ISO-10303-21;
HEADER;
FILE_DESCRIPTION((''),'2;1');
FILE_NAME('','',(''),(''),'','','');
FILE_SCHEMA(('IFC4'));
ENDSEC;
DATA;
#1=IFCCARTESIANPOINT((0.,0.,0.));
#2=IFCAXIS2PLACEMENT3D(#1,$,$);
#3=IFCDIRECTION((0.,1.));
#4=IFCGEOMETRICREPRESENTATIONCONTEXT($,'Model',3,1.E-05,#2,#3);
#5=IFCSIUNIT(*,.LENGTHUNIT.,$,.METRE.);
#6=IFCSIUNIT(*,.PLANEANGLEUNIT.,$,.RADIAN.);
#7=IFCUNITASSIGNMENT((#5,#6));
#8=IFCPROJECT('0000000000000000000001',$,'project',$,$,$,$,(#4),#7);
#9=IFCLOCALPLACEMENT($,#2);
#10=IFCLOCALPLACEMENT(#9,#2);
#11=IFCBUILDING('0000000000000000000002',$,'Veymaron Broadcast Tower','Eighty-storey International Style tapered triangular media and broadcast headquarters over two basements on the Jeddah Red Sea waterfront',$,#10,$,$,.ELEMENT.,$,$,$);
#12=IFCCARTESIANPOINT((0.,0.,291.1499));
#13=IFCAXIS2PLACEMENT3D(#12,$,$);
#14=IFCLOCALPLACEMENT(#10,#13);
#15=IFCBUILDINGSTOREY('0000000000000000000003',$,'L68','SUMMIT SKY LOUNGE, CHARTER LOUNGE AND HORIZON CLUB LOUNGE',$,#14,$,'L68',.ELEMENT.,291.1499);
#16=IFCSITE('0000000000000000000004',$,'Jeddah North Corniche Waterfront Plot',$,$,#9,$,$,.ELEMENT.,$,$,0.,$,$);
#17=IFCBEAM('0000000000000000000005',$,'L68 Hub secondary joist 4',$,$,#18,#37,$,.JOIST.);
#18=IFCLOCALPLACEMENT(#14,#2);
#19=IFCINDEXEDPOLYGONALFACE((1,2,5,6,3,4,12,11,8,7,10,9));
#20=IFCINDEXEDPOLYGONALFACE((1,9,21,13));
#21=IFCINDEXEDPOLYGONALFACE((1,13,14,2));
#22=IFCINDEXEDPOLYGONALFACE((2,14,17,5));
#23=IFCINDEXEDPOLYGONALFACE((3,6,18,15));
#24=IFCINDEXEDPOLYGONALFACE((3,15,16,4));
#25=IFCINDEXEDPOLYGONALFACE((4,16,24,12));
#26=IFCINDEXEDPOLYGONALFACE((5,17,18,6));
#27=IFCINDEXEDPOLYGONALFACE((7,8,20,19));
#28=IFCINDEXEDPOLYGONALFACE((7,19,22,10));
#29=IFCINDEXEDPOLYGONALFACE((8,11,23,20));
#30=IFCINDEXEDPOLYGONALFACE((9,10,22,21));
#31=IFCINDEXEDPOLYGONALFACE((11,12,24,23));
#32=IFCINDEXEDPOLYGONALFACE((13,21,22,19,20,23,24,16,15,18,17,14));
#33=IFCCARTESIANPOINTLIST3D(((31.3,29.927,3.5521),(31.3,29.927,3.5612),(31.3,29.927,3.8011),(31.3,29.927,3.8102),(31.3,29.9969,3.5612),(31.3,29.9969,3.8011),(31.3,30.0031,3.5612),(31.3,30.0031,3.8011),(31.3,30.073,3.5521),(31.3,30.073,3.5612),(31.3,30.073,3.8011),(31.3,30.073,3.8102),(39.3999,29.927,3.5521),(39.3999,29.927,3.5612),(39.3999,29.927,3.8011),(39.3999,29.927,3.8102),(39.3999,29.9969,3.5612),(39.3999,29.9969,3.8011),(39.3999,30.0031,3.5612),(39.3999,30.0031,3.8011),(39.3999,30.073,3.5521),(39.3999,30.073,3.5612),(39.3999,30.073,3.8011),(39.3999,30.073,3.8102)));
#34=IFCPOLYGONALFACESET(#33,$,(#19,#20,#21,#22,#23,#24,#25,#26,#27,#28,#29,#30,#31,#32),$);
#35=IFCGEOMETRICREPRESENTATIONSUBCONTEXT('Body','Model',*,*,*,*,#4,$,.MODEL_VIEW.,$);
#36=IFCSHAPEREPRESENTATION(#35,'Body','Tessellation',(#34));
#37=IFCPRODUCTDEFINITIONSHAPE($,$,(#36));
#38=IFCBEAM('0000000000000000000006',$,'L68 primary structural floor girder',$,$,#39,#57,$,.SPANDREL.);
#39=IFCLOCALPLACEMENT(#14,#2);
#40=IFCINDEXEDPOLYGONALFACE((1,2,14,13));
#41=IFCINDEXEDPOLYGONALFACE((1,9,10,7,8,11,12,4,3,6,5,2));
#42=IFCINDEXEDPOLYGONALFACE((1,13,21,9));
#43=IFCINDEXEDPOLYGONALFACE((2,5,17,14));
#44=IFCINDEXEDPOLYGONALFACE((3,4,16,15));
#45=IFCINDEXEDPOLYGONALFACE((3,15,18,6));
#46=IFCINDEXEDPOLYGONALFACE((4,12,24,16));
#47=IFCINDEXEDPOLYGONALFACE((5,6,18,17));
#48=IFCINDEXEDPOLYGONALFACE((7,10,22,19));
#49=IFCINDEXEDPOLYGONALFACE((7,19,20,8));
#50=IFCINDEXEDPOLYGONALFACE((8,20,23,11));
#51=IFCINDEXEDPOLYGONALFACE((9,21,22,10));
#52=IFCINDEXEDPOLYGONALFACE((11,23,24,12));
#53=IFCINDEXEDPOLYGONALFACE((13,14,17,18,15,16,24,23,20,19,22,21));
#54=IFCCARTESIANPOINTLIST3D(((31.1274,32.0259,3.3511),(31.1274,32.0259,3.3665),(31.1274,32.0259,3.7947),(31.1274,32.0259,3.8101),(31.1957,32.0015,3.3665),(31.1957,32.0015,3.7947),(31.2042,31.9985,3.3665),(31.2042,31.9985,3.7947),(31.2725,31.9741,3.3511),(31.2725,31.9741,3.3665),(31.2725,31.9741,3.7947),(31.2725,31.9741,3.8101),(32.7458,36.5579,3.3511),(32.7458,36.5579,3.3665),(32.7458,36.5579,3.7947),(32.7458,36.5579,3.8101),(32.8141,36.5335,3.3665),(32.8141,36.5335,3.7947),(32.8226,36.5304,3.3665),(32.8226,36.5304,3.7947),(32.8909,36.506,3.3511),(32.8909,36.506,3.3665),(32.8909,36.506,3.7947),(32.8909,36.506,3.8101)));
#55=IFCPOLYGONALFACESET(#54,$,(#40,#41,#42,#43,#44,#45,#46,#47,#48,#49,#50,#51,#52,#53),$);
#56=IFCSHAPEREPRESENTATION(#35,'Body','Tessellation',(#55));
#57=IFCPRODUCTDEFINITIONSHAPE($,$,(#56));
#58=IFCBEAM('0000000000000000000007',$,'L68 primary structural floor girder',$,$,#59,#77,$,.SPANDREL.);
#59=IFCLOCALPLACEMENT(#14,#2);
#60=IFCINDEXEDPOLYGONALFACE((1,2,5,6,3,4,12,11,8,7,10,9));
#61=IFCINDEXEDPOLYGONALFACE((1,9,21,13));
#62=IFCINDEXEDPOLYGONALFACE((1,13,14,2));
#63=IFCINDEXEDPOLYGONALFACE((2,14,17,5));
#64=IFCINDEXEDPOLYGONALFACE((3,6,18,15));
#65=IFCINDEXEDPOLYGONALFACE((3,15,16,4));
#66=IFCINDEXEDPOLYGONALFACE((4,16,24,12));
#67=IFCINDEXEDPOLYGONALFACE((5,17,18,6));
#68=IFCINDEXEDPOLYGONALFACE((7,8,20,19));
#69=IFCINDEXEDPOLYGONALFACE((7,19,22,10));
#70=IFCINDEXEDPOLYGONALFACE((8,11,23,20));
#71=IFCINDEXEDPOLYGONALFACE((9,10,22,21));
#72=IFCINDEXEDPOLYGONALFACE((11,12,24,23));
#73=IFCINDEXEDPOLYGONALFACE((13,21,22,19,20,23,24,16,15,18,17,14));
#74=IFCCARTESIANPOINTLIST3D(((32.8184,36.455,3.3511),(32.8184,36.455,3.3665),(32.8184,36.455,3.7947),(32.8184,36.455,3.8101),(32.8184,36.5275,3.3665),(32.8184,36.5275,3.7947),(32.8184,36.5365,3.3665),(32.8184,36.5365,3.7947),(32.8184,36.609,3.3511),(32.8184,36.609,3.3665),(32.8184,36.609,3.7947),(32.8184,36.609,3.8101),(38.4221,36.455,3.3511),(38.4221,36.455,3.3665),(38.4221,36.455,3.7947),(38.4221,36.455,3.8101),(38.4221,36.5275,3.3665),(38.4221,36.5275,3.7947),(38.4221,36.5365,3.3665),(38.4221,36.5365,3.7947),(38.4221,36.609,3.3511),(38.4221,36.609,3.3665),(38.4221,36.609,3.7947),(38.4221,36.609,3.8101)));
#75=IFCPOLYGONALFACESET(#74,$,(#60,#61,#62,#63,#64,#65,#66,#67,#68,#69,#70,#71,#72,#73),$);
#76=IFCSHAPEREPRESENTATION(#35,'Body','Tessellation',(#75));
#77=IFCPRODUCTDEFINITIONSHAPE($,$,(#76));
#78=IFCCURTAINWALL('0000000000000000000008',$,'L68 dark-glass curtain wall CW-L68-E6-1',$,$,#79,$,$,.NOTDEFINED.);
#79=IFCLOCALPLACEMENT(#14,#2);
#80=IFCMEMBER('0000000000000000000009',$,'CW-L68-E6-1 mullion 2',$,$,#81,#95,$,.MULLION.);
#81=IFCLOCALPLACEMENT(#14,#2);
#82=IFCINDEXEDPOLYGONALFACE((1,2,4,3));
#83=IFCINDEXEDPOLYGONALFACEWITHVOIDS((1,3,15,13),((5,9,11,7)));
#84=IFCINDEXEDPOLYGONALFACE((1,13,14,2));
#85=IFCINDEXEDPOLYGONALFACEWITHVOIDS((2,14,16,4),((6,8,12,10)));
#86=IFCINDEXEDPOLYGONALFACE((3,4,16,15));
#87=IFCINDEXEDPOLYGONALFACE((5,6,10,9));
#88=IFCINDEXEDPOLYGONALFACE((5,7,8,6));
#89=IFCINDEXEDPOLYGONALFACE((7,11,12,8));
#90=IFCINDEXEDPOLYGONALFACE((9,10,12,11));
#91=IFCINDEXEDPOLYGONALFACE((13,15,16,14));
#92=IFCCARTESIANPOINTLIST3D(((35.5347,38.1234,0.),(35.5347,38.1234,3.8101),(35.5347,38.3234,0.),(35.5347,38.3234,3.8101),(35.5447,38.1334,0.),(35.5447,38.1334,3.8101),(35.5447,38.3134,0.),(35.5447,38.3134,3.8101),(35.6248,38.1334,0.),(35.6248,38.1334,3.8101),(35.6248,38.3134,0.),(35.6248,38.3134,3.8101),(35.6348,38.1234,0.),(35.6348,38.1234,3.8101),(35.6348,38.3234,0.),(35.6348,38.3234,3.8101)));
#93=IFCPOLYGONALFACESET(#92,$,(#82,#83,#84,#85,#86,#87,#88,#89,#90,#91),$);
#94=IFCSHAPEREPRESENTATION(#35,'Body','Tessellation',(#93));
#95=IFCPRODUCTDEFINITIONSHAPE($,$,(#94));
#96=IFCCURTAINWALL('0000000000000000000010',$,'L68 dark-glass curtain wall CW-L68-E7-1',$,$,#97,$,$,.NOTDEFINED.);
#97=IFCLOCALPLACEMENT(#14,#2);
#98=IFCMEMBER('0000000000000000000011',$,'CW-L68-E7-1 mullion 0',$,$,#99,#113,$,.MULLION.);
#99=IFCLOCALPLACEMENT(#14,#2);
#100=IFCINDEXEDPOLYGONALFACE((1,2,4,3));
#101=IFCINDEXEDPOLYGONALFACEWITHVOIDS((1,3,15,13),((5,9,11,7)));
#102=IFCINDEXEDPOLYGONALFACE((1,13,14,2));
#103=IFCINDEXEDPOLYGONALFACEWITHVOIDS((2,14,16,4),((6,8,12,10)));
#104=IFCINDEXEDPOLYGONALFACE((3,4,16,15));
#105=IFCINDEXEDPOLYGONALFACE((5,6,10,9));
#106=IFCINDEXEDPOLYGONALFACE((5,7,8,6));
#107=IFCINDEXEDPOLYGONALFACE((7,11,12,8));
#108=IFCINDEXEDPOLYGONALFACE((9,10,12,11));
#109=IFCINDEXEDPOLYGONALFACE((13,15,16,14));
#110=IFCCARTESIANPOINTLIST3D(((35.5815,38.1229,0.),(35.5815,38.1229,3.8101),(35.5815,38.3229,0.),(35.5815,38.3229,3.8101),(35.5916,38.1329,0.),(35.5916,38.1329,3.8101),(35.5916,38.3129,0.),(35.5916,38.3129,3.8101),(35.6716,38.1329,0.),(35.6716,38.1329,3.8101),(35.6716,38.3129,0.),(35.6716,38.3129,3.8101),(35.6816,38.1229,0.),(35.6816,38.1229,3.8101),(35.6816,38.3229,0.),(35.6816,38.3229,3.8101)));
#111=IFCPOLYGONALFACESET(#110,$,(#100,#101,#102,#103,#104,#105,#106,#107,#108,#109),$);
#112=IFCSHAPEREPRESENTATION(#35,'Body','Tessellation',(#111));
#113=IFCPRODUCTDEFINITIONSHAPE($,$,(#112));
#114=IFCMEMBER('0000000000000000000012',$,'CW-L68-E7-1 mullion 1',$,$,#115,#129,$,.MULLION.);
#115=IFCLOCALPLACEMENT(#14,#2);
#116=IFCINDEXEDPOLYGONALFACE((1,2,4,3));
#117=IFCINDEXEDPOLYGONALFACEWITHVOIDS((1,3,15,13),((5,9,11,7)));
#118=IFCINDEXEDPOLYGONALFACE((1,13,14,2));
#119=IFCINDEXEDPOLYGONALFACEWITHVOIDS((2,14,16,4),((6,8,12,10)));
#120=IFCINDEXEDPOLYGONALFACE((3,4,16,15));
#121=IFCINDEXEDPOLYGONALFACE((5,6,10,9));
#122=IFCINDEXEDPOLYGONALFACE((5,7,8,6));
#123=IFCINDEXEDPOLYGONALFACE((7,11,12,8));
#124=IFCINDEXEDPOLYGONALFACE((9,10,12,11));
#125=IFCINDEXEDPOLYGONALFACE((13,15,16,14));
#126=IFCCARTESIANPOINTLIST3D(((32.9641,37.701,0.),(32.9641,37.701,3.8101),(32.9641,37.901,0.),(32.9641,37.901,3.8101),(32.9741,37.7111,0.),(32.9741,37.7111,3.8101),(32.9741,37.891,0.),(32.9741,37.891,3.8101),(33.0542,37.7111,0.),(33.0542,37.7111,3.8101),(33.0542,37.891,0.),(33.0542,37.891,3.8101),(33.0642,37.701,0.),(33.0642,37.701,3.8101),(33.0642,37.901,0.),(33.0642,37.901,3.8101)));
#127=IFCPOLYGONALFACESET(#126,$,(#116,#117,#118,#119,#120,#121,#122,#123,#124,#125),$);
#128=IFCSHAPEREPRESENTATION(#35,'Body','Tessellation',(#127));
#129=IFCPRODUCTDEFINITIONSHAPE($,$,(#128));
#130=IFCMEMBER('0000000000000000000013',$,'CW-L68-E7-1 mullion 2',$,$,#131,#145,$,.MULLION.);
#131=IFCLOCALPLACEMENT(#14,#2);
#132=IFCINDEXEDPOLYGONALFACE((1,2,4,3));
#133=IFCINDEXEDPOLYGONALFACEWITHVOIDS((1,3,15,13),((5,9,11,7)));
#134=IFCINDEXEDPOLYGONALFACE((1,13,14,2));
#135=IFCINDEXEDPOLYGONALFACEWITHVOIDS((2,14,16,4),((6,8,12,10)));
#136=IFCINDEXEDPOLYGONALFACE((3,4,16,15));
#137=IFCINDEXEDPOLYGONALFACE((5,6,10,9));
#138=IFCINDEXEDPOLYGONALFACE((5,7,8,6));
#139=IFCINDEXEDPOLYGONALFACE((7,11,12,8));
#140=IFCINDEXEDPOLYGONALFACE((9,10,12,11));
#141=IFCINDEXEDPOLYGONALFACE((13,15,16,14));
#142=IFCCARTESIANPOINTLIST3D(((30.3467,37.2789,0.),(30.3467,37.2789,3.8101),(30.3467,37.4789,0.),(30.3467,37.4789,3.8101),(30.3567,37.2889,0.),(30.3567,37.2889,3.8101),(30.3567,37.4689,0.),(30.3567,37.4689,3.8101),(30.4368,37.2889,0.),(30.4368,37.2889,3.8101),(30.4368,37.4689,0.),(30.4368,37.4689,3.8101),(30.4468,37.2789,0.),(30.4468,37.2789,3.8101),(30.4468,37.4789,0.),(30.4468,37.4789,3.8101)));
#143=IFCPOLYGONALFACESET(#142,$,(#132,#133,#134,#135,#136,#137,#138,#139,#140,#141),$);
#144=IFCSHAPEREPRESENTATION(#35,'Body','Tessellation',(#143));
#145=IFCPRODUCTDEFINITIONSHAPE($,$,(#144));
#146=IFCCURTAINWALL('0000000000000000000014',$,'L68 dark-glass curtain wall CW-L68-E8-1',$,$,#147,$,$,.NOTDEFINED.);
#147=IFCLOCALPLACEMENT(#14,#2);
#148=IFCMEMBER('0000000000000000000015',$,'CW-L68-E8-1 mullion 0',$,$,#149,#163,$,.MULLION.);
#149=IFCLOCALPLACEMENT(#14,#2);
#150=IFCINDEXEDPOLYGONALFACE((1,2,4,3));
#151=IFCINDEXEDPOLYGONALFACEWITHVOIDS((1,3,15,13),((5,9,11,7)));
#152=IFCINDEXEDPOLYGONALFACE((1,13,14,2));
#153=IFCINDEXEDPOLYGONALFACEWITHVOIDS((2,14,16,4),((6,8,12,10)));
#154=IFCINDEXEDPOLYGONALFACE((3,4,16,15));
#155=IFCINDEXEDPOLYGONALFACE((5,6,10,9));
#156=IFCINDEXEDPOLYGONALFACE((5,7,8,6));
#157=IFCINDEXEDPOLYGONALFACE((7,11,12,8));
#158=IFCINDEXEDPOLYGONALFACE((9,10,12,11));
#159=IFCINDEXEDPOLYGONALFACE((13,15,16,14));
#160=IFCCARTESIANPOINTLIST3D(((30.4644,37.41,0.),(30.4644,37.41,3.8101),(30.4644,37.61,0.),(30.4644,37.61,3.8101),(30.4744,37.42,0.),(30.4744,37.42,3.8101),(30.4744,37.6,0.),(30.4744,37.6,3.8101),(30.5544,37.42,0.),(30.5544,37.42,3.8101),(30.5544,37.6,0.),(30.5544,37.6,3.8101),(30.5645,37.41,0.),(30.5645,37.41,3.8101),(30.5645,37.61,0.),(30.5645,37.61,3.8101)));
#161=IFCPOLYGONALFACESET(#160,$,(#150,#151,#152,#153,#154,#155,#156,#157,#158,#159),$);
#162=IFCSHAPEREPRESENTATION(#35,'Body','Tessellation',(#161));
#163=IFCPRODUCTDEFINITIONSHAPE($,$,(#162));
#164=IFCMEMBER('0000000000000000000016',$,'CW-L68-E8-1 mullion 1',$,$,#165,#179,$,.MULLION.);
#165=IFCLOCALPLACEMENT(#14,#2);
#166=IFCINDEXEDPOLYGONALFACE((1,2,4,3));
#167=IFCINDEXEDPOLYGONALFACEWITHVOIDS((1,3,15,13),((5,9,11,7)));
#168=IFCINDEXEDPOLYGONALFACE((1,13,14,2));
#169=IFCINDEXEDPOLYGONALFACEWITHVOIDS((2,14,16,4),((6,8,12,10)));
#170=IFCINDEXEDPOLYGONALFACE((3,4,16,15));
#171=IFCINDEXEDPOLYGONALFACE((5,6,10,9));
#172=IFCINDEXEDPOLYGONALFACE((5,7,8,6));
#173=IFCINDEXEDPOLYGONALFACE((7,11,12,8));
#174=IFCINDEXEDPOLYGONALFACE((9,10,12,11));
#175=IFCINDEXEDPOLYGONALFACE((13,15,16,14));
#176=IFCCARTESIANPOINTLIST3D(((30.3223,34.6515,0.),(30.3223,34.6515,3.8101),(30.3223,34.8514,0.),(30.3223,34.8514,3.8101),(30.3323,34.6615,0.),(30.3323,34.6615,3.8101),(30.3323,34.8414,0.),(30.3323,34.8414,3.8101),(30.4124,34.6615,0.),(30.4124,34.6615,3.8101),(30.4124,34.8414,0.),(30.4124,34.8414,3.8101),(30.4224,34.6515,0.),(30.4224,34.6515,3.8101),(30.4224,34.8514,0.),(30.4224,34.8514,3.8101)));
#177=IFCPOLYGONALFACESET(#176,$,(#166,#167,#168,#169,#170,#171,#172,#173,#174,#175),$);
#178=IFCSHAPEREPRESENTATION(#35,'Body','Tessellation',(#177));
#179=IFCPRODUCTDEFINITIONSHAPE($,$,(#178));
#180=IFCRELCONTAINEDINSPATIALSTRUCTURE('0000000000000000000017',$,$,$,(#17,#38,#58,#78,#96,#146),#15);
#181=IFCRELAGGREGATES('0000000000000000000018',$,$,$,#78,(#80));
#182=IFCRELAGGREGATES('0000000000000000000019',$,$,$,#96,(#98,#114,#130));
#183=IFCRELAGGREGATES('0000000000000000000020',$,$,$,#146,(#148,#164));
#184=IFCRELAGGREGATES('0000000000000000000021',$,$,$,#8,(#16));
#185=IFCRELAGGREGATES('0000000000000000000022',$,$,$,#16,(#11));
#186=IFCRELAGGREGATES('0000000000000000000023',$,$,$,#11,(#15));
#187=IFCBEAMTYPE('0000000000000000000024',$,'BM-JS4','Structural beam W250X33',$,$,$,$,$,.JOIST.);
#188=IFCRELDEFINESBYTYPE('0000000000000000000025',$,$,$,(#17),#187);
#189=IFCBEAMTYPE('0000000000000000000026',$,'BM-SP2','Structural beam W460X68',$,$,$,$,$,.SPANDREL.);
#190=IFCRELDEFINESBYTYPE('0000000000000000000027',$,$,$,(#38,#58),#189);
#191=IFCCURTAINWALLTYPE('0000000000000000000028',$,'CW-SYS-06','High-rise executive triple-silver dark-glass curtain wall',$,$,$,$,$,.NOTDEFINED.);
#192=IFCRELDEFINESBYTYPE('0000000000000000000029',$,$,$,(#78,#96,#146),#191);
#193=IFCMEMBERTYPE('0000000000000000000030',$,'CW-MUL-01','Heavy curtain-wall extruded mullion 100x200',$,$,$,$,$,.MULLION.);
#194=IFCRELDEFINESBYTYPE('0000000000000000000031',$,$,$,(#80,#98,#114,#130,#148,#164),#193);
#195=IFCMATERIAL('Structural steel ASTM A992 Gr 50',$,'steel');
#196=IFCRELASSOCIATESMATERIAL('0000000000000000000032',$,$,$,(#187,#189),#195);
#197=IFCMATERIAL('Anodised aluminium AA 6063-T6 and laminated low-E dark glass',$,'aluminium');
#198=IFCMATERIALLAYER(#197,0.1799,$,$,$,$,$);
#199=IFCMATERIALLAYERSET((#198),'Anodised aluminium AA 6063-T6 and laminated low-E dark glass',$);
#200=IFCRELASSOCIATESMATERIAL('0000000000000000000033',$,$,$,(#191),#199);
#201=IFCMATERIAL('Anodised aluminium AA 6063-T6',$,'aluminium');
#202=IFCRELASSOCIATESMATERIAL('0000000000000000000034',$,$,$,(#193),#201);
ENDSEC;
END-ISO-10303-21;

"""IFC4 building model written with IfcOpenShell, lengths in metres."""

from ifc_helpers import new_model, si_unit, direction, frame, origin, origin_2d, place, context, subcontext, project, spatial, hollow_rectangle, i_section, extrude, material, layer, layer_set, material_profile, profile_set, type_object, element, aggregate, save


model = new_model("IFC4")

# Units and contexts
model_context = context("Model", 3, precision=1e-05, world=origin(), true_north=direction((0.0, 1.0)))
body_context = subcontext(model_context, "Body", "Model", "MODEL_VIEW")
ifc_project = project(units=[si_unit("LENGTHUNIT", "METRE"), si_unit("PLANEANGLEUNIT", "RADIAN")], contexts=[model_context])

# Site, building, storey
site_placement = place(None, origin())
site = spatial("IfcSite", under=ifc_project, at=site_placement, Name="Jeddah North Corniche Waterfront Plot", CompositionType="ELEMENT", RefElevation=0.0)
building_placement = place(site_placement, origin())
building = spatial("IfcBuilding", under=site, at=building_placement, Name="Veymaron Broadcast Tower", Description="Eighty-storey International Style tapered triangular media and broadcast headquarters over two basements on the Jeddah Red Sea waterfront", CompositionType="ELEMENT")
storey_placement = place(building_placement, frame((0.0, 0.0, 291.1499)))
storey = spatial("IfcBuildingStorey", under=building, at=storey_placement, Name="L68", Description="SUMMIT SKY LOUNGE, CHARTER LOUNGE AND HORIZON CLUB LOUNGE", LongName="L68", CompositionType="ELEMENT", Elevation=291.1499)

# Shared definitions
ifc_material_1 = material(Name="Structural steel ASTM A992 Gr 50", Category="steel")

# Beams
ifc_material_profile_1 = material_profile(ifc_material_1, i_section(OverallWidth=0.146, OverallDepth=0.2581, WebThickness=0.0061, FlangeThickness=0.009, at=origin_2d()), Name="W250X33")
ifc_profile_set_1 = profile_set([ifc_material_profile_1], Name="Structural steel ASTM A992 Gr 50")
beam_type_1 = type_object("IfcBeamType", Name="BM-JS4", Description="Structural beam W250X33", PredefinedType="JOIST", material=ifc_profile_set_1)
for number, where, z_axis, x_axis, name in (
    (1, (31.3, 30.0, 3.6812), (1.0, 0.0, 0.0), (0.0, 1.0, 0.0), "L68 Hub secondary joist 4"),
):
    element("IfcBeam", number, at=place(storey_placement, frame(where, z_axis=z_axis, x_axis=x_axis)), inside=storey, type_object=beam_type_1, Name=name, PredefinedType="JOIST", context=body_context, shape_type="SweptSolid", body=[
        extrude(i_section(OverallWidth=0.146, OverallDepth=0.2581, WebThickness=0.0061, FlangeThickness=0.009, at=origin_2d()), origin(), (0.0, 0.0, 1.0), 8.0999),
    ])
ifc_material_profile_2 = material_profile(ifc_material_1, i_section(OverallWidth=0.1541, OverallDepth=0.459, WebThickness=0.009, FlangeThickness=0.0154, at=origin_2d()), Name="W460X68")
ifc_profile_set_2 = profile_set([ifc_material_profile_2], Name="Structural steel ASTM A992 Gr 50")
beam_type_2 = type_object("IfcBeamType", Name="BM-SP2", Description="Structural beam W460X68", PredefinedType="SPANDREL", material=ifc_profile_set_2)
beam_1_placement = place(storey_placement, frame((31.2, 32.0, 3.5806), z_axis=(0.336307, 0.941752, 0.0), x_axis=(-0.941752, 0.336307, 0.0)))
element("IfcBeam", 2, at=beam_1_placement, inside=storey, type_object=beam_type_2, Name="L68 primary structural floor girder", PredefinedType="SPANDREL", context=body_context, shape_type="SweptSolid", body=[
    extrude(i_section(OverallWidth=0.1541, OverallDepth=0.459, WebThickness=0.009, FlangeThickness=0.0154, at=origin_2d()), origin(), (0.0, 0.0, 1.0), 4.8123),
])
beam_2_placement = place(storey_placement, frame((32.8184, 36.532, 3.5806), z_axis=(1.0, 0.0, 0.0), x_axis=(0.0, 1.0, 0.0)))
element("IfcBeam", 3, at=beam_2_placement, inside=storey, type_object=beam_type_2, Name="L68 primary structural floor girder", PredefinedType="SPANDREL", context=body_context, shape_type="SweptSolid", body=[
    extrude(i_section(OverallWidth=0.1541, OverallDepth=0.459, WebThickness=0.009, FlangeThickness=0.0154, at=origin_2d()), origin(), (0.0, 0.0, 1.0), 5.6038),
])

# Curtain wall, member
ifc_material_2 = material(Name="Anodised aluminium AA 6063-T6 and laminated low-E dark glass", Category="aluminium")
ifc_layer_1 = layer(ifc_material_2, 0.1799)
ifc_layer_set_1 = layer_set([ifc_layer_1], Name="Anodised aluminium AA 6063-T6 and laminated low-E dark glass")
curtain_wall_type = type_object("IfcCurtainWallType", Name="CW-SYS-06", Description="High-rise executive triple-silver dark-glass curtain wall", PredefinedType="NOTDEFINED", material=ifc_layer_set_1)
curtain_wall_1_placement = place(storey_placement, origin())
curtain_wall_1 = element("IfcCurtainWall", 4, at=curtain_wall_1_placement, inside=storey, type_object=curtain_wall_type, Name="L68 dark-glass curtain wall CW-L68-E6-1", PredefinedType="NOTDEFINED")
ifc_material_3 = material(Name="Anodised aluminium AA 6063-T6", Category="aluminium")
ifc_material_profile_3 = material_profile(ifc_material_3, hollow_rectangle(XDim=0.1001, YDim=0.2, WallThickness=0.01, at=origin_2d()), Name="RHS200X100X10")
ifc_profile_set_3 = profile_set([ifc_material_profile_3], Name="Anodised aluminium AA 6063-T6")
member_type_1 = type_object("IfcMemberType", Name="CW-MUL-01", Description="Heavy curtain-wall extruded mullion 100x200", PredefinedType="MULLION", material=ifc_profile_set_3)
member_1_placement = place(storey_placement, frame((35.5847, 38.2234, 0.0), z_axis=(0.0, 0.0, 1.0), x_axis=(1.0, 0.0, 0.0)))
member_1 = element("IfcMember", 5, at=member_1_placement, type_object=member_type_1, Name="CW-L68-E6-1 mullion 2", PredefinedType="MULLION", context=body_context, shape_type="SweptSolid", body=[
    extrude(hollow_rectangle(XDim=0.1001, YDim=0.2, WallThickness=0.01, at=origin_2d()), origin(), (0.0, 0.0, 1.0), 3.8101),
])
aggregate(curtain_wall_1, [member_1])

# Curtain walls, members
curtain_wall_2_placement = place(storey_placement, origin())
curtain_wall_2 = element("IfcCurtainWall", 6, at=curtain_wall_2_placement, inside=storey, type_object=curtain_wall_type, Name="L68 dark-glass curtain wall CW-L68-E7-1", PredefinedType="NOTDEFINED")
member_2_placement = place(storey_placement, frame((35.6316, 38.2229, 0.0), z_axis=(0.0, 0.0, 1.0), x_axis=(1.0, 0.0, 0.0)))
member_2 = element("IfcMember", 7, at=member_2_placement, type_object=member_type_1, Name="CW-L68-E7-1 mullion 0", PredefinedType="MULLION", context=body_context, shape_type="SweptSolid", body=[
    extrude(hollow_rectangle(XDim=0.1001, YDim=0.2, WallThickness=0.01, at=origin_2d()), origin(), (0.0, 0.0, 1.0), 3.8101),
])
member_3_placement = place(storey_placement, frame((33.0142, 37.801, 0.0), z_axis=(0.0, 0.0, 1.0), x_axis=(1.0, 0.0, 0.0)))
member_3 = element("IfcMember", 8, at=member_3_placement, type_object=member_type_1, Name="CW-L68-E7-1 mullion 1", PredefinedType="MULLION", context=body_context, shape_type="SweptSolid", body=[
    extrude(hollow_rectangle(XDim=0.1001, YDim=0.2, WallThickness=0.01, at=origin_2d()), origin(), (0.0, 0.0, 1.0), 3.8101),
])
member_4_placement = place(storey_placement, frame((30.3967, 37.3789, 0.0), z_axis=(0.0, 0.0, 1.0), x_axis=(1.0, 0.0, 0.0)))
member_4 = element("IfcMember", 9, at=member_4_placement, type_object=member_type_1, Name="CW-L68-E7-1 mullion 2", PredefinedType="MULLION", context=body_context, shape_type="SweptSolid", body=[
    extrude(hollow_rectangle(XDim=0.1001, YDim=0.2, WallThickness=0.01, at=origin_2d()), origin(), (0.0, 0.0, 1.0), 3.8101),
])
curtain_wall_3_placement = place(storey_placement, origin())
curtain_wall_3 = element("IfcCurtainWall", 10, at=curtain_wall_3_placement, inside=storey, type_object=curtain_wall_type, Name="L68 dark-glass curtain wall CW-L68-E8-1", PredefinedType="NOTDEFINED")
member_5_placement = place(storey_placement, frame((30.5144, 37.51, 0.0), z_axis=(0.0, 0.0, 1.0), x_axis=(1.0, 0.0, 0.0)))
member_5 = element("IfcMember", 11, at=member_5_placement, type_object=member_type_1, Name="CW-L68-E8-1 mullion 0", PredefinedType="MULLION", context=body_context, shape_type="SweptSolid", body=[
    extrude(hollow_rectangle(XDim=0.1001, YDim=0.2, WallThickness=0.01, at=origin_2d()), origin(), (0.0, 0.0, 1.0), 3.8101),
])
member_6_placement = place(storey_placement, frame((30.3723, 34.7515, 0.0), z_axis=(0.0, 0.0, 1.0), x_axis=(1.0, 0.0, 0.0)))
member_6 = element("IfcMember", 12, at=member_6_placement, type_object=member_type_1, Name="CW-L68-E8-1 mullion 1", PredefinedType="MULLION", context=body_context, shape_type="SweptSolid", body=[
    extrude(hollow_rectangle(XDim=0.1001, YDim=0.2, WallThickness=0.01, at=origin_2d()), origin(), (0.0, 0.0, 1.0), 3.8101),
])

aggregate(curtain_wall_2, [member_2, member_3, member_4])
aggregate(curtain_wall_3, [member_5, member_6])

save(model, "model.ifc")
